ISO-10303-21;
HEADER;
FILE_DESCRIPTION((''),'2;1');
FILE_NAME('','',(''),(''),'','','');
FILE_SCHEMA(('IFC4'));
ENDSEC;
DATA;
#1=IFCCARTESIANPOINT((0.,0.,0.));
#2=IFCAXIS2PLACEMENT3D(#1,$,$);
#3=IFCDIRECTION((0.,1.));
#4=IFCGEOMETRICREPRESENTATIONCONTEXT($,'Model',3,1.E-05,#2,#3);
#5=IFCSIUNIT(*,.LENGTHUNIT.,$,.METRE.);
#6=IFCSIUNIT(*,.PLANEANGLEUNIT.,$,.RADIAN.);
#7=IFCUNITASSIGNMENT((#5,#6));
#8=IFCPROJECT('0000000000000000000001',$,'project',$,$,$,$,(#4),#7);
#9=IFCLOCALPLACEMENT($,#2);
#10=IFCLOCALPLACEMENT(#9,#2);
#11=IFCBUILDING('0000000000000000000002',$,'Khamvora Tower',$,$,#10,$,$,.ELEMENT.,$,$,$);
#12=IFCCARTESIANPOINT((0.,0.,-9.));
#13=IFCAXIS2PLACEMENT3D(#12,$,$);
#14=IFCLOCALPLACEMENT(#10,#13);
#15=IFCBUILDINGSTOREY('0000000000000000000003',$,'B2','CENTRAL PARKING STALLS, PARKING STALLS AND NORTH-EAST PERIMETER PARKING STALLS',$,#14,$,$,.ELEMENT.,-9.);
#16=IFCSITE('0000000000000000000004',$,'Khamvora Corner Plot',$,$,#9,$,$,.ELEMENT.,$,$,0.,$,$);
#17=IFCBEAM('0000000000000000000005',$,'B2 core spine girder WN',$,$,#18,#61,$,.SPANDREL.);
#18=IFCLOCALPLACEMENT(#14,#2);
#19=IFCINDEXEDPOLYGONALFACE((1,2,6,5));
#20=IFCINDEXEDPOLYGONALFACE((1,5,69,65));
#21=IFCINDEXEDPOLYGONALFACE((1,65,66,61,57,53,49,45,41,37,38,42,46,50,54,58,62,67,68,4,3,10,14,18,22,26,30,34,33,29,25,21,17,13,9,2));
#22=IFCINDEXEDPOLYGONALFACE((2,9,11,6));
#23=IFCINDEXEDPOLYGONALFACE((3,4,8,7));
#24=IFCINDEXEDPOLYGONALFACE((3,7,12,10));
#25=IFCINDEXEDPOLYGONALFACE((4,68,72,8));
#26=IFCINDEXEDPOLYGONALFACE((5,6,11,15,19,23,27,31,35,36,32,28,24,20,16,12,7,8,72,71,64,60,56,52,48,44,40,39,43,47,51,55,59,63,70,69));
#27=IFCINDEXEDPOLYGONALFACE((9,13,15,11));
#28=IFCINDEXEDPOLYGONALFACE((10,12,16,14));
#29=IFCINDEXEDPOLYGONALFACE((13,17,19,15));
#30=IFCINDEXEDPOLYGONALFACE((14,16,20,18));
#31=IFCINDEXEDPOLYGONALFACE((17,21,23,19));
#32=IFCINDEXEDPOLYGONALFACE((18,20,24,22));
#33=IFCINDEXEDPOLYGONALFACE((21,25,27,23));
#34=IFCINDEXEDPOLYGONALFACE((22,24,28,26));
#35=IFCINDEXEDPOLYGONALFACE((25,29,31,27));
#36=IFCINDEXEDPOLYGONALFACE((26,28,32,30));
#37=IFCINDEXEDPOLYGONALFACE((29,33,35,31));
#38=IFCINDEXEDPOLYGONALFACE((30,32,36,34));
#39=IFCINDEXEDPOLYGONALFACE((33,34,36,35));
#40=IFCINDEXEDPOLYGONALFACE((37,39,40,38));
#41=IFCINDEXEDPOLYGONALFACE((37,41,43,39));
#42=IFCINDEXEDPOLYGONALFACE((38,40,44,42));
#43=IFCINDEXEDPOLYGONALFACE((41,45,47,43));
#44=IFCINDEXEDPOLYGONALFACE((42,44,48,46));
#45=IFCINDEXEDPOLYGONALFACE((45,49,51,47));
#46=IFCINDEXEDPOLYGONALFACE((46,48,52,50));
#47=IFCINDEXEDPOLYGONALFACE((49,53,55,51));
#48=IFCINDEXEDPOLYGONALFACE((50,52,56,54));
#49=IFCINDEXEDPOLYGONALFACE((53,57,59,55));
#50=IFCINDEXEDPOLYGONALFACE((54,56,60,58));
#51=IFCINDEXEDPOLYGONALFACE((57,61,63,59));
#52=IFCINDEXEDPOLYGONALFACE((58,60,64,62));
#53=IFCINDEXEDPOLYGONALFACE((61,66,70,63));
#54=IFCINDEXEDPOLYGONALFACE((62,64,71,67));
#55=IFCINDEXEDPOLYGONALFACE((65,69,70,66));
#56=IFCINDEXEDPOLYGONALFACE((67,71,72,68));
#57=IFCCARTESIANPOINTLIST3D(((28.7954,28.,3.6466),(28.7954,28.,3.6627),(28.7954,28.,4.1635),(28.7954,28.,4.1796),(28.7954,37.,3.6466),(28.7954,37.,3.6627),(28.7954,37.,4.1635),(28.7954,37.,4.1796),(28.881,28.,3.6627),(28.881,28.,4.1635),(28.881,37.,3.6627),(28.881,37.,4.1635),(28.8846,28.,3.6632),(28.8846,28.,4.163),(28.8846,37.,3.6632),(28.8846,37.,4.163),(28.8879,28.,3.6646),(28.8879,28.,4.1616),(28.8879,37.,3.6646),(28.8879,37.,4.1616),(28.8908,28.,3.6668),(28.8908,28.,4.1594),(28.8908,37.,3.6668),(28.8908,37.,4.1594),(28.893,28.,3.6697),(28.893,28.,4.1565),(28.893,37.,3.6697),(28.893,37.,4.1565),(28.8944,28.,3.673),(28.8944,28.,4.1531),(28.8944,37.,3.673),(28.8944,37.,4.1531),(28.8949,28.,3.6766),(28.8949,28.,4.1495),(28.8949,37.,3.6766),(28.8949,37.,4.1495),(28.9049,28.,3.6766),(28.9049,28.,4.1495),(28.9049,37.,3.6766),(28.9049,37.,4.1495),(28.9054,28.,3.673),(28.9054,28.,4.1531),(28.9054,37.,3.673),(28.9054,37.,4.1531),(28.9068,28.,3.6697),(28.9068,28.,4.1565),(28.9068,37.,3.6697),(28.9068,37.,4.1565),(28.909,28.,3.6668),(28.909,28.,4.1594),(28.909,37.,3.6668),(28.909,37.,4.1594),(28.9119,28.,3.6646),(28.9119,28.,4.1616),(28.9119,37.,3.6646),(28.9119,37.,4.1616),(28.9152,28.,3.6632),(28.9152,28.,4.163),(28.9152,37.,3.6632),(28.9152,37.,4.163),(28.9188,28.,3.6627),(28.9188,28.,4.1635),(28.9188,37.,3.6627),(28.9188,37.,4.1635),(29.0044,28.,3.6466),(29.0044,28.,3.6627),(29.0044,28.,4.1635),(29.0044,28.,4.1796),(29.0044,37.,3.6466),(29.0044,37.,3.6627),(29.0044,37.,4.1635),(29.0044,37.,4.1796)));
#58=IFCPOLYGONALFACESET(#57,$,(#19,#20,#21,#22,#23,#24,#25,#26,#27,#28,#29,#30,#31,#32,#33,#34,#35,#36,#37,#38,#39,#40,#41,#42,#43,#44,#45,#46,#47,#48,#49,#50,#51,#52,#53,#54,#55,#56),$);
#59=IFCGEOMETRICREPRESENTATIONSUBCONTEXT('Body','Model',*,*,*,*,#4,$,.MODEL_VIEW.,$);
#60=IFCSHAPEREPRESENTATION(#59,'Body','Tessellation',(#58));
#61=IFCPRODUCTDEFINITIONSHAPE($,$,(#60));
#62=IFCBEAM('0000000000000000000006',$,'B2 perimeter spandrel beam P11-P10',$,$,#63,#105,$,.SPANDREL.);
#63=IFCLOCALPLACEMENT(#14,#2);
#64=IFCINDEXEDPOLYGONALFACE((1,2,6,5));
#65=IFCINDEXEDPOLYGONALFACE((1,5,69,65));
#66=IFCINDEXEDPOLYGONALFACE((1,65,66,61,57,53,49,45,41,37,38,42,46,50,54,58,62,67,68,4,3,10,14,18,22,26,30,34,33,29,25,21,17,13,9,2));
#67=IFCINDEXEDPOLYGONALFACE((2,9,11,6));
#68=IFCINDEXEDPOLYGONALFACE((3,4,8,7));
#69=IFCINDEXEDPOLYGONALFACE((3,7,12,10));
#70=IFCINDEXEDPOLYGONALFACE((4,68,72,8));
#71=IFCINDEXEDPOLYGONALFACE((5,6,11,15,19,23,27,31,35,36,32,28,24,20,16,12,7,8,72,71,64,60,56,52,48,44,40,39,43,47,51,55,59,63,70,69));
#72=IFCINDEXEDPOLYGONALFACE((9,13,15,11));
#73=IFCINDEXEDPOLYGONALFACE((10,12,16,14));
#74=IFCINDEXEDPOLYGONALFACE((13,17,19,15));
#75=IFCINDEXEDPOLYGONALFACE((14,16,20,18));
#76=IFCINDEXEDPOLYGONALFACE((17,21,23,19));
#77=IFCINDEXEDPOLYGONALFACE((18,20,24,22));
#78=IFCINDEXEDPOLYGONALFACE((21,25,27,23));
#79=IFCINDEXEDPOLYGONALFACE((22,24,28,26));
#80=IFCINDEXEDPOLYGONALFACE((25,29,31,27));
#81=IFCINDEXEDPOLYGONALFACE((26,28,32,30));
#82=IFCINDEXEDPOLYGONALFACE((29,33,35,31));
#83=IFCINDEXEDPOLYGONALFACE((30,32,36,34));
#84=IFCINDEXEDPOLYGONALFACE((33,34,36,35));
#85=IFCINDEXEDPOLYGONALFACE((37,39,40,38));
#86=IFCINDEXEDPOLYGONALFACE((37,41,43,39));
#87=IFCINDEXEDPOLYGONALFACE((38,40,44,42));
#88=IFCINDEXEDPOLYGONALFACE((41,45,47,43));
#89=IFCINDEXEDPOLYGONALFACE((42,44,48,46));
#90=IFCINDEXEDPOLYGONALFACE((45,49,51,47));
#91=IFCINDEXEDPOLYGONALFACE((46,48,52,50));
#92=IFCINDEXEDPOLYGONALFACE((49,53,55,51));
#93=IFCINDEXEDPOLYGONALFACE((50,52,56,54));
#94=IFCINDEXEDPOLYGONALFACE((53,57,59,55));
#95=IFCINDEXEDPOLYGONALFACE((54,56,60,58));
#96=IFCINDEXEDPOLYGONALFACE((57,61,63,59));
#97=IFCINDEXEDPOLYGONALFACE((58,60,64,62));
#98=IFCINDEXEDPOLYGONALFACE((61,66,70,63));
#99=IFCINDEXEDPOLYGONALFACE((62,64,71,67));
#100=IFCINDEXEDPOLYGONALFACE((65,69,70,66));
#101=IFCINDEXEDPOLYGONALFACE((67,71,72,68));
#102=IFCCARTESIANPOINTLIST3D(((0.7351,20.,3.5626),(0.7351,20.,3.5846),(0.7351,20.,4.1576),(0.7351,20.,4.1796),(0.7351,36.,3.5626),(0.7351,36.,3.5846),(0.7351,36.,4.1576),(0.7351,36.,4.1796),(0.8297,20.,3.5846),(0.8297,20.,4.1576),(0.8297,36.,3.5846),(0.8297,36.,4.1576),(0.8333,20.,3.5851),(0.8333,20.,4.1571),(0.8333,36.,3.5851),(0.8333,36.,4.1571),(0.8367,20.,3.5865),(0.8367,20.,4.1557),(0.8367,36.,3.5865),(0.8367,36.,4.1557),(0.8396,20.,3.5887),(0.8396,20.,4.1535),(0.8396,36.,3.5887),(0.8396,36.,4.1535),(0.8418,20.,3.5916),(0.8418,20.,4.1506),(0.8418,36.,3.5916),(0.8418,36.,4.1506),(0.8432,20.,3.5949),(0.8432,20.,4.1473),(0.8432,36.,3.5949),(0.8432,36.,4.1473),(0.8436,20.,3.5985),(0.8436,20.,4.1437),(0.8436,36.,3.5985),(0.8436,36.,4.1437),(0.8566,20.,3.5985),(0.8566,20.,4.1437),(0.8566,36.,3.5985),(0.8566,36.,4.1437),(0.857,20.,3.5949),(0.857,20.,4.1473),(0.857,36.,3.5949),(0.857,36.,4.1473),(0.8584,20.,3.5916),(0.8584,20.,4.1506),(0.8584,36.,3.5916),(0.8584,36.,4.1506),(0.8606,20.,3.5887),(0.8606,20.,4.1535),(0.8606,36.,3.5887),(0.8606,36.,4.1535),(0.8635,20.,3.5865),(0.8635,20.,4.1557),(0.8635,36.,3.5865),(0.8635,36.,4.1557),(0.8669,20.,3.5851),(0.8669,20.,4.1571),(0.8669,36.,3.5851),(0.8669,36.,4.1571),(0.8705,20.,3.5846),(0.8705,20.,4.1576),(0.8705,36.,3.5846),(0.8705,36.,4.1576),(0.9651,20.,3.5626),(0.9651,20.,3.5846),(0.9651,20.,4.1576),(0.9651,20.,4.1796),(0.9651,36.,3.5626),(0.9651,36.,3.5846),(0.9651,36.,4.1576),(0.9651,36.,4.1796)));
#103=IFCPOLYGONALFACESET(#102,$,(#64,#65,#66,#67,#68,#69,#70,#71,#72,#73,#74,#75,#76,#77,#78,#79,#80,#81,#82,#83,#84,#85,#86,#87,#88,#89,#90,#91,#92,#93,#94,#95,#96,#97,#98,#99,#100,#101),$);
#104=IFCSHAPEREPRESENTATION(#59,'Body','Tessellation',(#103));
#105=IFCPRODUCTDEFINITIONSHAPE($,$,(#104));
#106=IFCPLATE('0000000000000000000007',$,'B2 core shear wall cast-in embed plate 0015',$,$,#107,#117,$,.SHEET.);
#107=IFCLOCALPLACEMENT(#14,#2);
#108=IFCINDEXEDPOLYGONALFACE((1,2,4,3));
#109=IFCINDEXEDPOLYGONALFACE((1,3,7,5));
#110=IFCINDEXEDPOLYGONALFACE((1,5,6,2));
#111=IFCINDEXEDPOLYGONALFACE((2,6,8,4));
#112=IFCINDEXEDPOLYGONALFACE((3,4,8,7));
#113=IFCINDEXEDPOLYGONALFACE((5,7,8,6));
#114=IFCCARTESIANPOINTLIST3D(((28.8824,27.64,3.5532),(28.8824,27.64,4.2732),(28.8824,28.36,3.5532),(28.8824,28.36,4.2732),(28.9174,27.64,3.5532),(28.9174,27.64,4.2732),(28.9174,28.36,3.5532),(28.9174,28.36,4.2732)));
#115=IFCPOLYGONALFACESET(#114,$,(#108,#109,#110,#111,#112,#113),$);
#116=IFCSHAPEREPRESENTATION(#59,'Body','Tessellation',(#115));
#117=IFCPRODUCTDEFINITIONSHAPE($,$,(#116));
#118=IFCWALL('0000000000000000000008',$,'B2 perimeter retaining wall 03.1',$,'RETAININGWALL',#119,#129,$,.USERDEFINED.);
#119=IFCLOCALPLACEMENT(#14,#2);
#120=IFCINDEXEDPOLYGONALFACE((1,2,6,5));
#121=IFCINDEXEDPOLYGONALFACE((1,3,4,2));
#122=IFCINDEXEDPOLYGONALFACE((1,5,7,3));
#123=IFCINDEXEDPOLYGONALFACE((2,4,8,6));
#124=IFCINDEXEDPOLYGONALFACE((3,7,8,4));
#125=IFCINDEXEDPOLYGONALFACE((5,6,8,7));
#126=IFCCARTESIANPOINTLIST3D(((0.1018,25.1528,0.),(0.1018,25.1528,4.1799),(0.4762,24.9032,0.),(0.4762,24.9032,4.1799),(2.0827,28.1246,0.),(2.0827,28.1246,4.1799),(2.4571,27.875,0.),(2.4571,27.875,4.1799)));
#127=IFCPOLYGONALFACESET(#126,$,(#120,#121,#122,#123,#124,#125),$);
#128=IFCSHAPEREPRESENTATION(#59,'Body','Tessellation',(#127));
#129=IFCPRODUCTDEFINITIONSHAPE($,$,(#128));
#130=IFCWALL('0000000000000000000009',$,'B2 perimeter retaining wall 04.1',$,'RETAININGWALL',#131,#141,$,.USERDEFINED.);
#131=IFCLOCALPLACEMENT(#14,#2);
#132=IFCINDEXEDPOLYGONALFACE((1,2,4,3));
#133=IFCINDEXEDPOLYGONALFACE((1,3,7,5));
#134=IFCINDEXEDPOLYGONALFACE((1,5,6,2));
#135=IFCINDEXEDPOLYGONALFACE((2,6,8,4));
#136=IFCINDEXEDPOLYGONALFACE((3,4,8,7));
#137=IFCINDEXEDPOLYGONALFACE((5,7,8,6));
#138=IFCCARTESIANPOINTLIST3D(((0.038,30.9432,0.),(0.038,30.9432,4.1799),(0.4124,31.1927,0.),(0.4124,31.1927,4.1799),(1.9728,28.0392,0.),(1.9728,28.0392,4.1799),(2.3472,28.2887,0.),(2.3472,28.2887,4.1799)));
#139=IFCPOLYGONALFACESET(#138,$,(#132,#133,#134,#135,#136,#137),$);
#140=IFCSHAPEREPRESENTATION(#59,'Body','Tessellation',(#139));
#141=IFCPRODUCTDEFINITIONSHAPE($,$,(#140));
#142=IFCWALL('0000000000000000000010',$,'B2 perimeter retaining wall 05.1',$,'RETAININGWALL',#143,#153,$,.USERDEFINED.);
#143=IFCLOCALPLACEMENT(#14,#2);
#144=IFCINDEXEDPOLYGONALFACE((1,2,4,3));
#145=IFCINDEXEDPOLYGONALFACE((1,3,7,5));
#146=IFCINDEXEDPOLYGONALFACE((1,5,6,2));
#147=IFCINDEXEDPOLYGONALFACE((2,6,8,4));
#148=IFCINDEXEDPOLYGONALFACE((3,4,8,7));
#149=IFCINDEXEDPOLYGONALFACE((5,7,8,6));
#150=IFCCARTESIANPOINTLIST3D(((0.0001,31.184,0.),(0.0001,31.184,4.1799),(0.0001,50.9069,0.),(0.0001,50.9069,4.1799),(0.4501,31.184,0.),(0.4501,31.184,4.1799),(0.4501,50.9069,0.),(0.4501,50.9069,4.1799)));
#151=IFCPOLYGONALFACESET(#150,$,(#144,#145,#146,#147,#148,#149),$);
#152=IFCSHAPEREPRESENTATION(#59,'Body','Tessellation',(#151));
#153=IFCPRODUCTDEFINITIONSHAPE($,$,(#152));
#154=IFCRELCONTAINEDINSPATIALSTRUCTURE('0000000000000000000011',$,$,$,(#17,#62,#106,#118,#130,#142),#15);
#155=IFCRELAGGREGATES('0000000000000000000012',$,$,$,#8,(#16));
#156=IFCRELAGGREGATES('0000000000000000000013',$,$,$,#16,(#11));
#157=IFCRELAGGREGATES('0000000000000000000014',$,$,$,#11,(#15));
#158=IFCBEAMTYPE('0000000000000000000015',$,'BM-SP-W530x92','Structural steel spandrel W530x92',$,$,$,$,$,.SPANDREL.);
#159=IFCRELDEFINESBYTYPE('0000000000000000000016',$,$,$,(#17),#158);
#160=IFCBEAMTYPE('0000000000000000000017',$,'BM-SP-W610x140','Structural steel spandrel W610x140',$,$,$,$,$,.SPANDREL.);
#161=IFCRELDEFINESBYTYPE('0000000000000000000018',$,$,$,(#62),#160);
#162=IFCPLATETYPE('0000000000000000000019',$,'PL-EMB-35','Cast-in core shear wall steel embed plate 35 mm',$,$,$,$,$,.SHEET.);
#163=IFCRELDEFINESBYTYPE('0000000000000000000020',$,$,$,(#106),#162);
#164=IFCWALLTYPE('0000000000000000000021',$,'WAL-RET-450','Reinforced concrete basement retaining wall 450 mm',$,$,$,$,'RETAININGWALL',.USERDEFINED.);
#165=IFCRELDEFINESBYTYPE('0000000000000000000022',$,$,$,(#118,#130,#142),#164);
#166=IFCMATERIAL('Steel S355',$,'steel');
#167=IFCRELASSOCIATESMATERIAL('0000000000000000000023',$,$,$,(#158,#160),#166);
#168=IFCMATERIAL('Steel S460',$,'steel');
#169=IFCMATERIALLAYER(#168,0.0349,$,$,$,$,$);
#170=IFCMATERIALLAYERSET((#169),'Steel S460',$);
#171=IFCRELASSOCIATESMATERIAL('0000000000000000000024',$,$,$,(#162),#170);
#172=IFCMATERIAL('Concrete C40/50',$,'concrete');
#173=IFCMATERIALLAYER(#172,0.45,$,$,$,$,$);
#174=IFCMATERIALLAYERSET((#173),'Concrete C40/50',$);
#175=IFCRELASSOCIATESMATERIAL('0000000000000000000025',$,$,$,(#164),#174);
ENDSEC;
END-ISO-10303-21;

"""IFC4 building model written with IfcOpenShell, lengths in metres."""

from ifc_helpers import new_model, si_unit, direction, frame, frame_2d, origin, origin_2d, place, context, subcontext, project, spatial, rectangle, i_section, extrude, material, layer, layer_set, material_profile, profile_set, type_object, element, save


model = new_model("IFC4")

# Units and contexts
model_context = context("Model", 3, precision=1e-05, world=origin(), true_north=direction((0.0, 1.0)))
body_context = subcontext(model_context, "Body", "Model", "MODEL_VIEW")
ifc_project = project(units=[si_unit("LENGTHUNIT", "METRE"), si_unit("PLANEANGLEUNIT", "RADIAN")], contexts=[model_context])

# Site, building, storey
site_placement = place(None, origin())
site = spatial("IfcSite", under=ifc_project, at=site_placement, Name="Khamvora Corner Plot", CompositionType="ELEMENT", RefElevation=0.0)
building_placement = place(site_placement, origin())
building = spatial("IfcBuilding", under=site, at=building_placement, Name="Khamvora Tower", CompositionType="ELEMENT")
storey_placement = place(building_placement, frame((0.0, 0.0, -9.0)))
storey = spatial("IfcBuildingStorey", under=building, at=storey_placement, Name="B2", Description="CENTRAL PARKING STALLS, PARKING STALLS AND NORTH-EAST PERIMETER PARKING STALLS", CompositionType="ELEMENT", Elevation=-9.0)

# Shared definitions
ifc_material_1 = material(Name="Concrete C40/50", Category="concrete")

# Shared definitions
ifc_material_2 = material(Name="Steel S460", Category="steel")

# Beams
ifc_material_3 = material(Name="Steel S355", Category="steel")
ifc_material_profile_1 = material_profile(ifc_material_3, i_section(OverallWidth=0.209, OverallDepth=0.533, WebThickness=0.01, FlangeThickness=0.0161, FilletRadius=0.0139, at=origin_2d()), Name="W530x92")
ifc_profile_set_1 = profile_set([ifc_material_profile_1], Name="Steel S355")
beam_type_1 = type_object("IfcBeamType", Name="BM-SP-W530x92", Description="Structural steel spandrel W530x92", PredefinedType="SPANDREL", material=ifc_profile_set_1)
beam_1_placement = place(storey_placement, frame((28.8999, 28.0, 3.9131), z_axis=(0.0, 1.0, 0.0), x_axis=(-1.0, 0.0, 0.0)))
element("IfcBeam", 1, at=beam_1_placement, inside=storey, type_object=beam_type_1, Name="B2 core spine girder WN", PredefinedType="SPANDREL", context=body_context, shape_type="SweptSolid", body=[
    extrude(i_section(OverallWidth=0.209, OverallDepth=0.533, WebThickness=0.01, FlangeThickness=0.0161, FilletRadius=0.0139, at=origin_2d()), origin(), (0.0, 0.0, 1.0), 9.0),
])
ifc_material_profile_2 = material_profile(ifc_material_3, i_section(OverallWidth=0.23, OverallDepth=0.6169, WebThickness=0.0129, FlangeThickness=0.022, FilletRadius=0.0139, at=origin_2d()), Name="W610x140")
ifc_profile_set_2 = profile_set([ifc_material_profile_2], Name="Steel S355")
beam_type_2 = type_object("IfcBeamType", Name="BM-SP-W610x140", Description="Structural steel spandrel W610x140", PredefinedType="SPANDREL", material=ifc_profile_set_2)
beam_2_placement = place(storey_placement, frame((0.8501, 36.0, 3.8711), z_axis=(0.0, -1.0, 0.0), x_axis=(1.0, 0.0, 0.0)))
element("IfcBeam", 2, at=beam_2_placement, inside=storey, type_object=beam_type_2, Name="B2 perimeter spandrel beam P11-P10", PredefinedType="SPANDREL", context=body_context, shape_type="SweptSolid", body=[
    extrude(i_section(OverallWidth=0.23, OverallDepth=0.6169, WebThickness=0.0129, FlangeThickness=0.022, FilletRadius=0.0139, at=origin_2d()), origin(), (0.0, 0.0, 1.0), 16.0),
])

# Plate
ifc_layer_1 = layer(ifc_material_2, 0.0349)
ifc_layer_set_1 = layer_set([ifc_layer_1], Name="Steel S460")
plate_type = type_object("IfcPlateType", Name="PL-EMB-35", Description="Cast-in core shear wall steel embed plate 35 mm", PredefinedType="SHEET", material=ifc_layer_set_1)
plate_placement = place(storey_placement, frame((28.8999, 28.0, 3.5532), z_axis=(0.0, 0.0, 1.0), x_axis=(1.0, 0.0, 0.0)))
element("IfcPlate", 3, at=plate_placement, inside=storey, type_object=plate_type, Name="B2 core shear wall cast-in embed plate 0015", PredefinedType="SHEET", context=body_context, shape_type="SweptSolid", body=[
    extrude(rectangle(XDim=0.0349, YDim=0.72, at=origin_2d()), origin(), (0.0, 0.0, 1.0), 0.72),
])

# Walls
ifc_layer_2 = layer(ifc_material_1, 0.45)
ifc_layer_set_2 = layer_set([ifc_layer_2], Name="Concrete C40/50")
wall_type = type_object("IfcWallType", Name="WAL-RET-450", Description="Reinforced concrete basement retaining wall 450 mm", ElementType="RETAININGWALL", PredefinedType="USERDEFINED", material=ifc_layer_set_2)
wall_1_placement = place(storey_placement, frame((0.2891, 25.0281, 0.0), z_axis=(0.0, 0.0, 1.0), x_axis=(0.554637, 0.832092, 0.0)))
element("IfcWall", 4, at=wall_1_placement, inside=storey, type_object=wall_type, Name="B2 perimeter retaining wall 03.1", ObjectType="RETAININGWALL", PredefinedType="USERDEFINED", context=body_context, shape_type="SweptSolid", body=[
    extrude(rectangle(XDim=3.5715, YDim=0.45, at=frame_2d((1.7856, 0.0))), origin(), (0.0, 0.0, 1.0), 4.1799),
])
wall_2_placement = place(storey_placement, frame((2.1599, 28.1641, 0.0), z_axis=(0.0, 0.0, 1.0), x_axis=(-0.554458, 0.832212, 0.0)))
element("IfcWall", 5, at=wall_2_placement, inside=storey, type_object=wall_type, Name="B2 perimeter retaining wall 04.1", ObjectType="RETAININGWALL", PredefinedType="USERDEFINED", context=body_context, shape_type="SweptSolid", body=[
    extrude(rectangle(XDim=3.4895, YDim=0.45, at=frame_2d((1.7446, 0.0))), origin(), (0.0, 0.0, 1.0), 4.1799),
])
wall_3_placement = place(storey_placement, frame((0.2251, 31.1841, 0.0), z_axis=(0.0, 0.0, 1.0), x_axis=(0.0, 1.0, 0.0)))
element("IfcWall", 6, at=wall_3_placement, inside=storey, type_object=wall_type, Name="B2 perimeter retaining wall 05.1", ObjectType="RETAININGWALL", PredefinedType="USERDEFINED", context=body_context, shape_type="SweptSolid", body=[
    extrude(rectangle(XDim=19.7229, YDim=0.45, at=frame_2d((9.8613, 0.0))), origin(), (0.0, 0.0, 1.0), 4.1799),
])

save(model, "model.ifc")
